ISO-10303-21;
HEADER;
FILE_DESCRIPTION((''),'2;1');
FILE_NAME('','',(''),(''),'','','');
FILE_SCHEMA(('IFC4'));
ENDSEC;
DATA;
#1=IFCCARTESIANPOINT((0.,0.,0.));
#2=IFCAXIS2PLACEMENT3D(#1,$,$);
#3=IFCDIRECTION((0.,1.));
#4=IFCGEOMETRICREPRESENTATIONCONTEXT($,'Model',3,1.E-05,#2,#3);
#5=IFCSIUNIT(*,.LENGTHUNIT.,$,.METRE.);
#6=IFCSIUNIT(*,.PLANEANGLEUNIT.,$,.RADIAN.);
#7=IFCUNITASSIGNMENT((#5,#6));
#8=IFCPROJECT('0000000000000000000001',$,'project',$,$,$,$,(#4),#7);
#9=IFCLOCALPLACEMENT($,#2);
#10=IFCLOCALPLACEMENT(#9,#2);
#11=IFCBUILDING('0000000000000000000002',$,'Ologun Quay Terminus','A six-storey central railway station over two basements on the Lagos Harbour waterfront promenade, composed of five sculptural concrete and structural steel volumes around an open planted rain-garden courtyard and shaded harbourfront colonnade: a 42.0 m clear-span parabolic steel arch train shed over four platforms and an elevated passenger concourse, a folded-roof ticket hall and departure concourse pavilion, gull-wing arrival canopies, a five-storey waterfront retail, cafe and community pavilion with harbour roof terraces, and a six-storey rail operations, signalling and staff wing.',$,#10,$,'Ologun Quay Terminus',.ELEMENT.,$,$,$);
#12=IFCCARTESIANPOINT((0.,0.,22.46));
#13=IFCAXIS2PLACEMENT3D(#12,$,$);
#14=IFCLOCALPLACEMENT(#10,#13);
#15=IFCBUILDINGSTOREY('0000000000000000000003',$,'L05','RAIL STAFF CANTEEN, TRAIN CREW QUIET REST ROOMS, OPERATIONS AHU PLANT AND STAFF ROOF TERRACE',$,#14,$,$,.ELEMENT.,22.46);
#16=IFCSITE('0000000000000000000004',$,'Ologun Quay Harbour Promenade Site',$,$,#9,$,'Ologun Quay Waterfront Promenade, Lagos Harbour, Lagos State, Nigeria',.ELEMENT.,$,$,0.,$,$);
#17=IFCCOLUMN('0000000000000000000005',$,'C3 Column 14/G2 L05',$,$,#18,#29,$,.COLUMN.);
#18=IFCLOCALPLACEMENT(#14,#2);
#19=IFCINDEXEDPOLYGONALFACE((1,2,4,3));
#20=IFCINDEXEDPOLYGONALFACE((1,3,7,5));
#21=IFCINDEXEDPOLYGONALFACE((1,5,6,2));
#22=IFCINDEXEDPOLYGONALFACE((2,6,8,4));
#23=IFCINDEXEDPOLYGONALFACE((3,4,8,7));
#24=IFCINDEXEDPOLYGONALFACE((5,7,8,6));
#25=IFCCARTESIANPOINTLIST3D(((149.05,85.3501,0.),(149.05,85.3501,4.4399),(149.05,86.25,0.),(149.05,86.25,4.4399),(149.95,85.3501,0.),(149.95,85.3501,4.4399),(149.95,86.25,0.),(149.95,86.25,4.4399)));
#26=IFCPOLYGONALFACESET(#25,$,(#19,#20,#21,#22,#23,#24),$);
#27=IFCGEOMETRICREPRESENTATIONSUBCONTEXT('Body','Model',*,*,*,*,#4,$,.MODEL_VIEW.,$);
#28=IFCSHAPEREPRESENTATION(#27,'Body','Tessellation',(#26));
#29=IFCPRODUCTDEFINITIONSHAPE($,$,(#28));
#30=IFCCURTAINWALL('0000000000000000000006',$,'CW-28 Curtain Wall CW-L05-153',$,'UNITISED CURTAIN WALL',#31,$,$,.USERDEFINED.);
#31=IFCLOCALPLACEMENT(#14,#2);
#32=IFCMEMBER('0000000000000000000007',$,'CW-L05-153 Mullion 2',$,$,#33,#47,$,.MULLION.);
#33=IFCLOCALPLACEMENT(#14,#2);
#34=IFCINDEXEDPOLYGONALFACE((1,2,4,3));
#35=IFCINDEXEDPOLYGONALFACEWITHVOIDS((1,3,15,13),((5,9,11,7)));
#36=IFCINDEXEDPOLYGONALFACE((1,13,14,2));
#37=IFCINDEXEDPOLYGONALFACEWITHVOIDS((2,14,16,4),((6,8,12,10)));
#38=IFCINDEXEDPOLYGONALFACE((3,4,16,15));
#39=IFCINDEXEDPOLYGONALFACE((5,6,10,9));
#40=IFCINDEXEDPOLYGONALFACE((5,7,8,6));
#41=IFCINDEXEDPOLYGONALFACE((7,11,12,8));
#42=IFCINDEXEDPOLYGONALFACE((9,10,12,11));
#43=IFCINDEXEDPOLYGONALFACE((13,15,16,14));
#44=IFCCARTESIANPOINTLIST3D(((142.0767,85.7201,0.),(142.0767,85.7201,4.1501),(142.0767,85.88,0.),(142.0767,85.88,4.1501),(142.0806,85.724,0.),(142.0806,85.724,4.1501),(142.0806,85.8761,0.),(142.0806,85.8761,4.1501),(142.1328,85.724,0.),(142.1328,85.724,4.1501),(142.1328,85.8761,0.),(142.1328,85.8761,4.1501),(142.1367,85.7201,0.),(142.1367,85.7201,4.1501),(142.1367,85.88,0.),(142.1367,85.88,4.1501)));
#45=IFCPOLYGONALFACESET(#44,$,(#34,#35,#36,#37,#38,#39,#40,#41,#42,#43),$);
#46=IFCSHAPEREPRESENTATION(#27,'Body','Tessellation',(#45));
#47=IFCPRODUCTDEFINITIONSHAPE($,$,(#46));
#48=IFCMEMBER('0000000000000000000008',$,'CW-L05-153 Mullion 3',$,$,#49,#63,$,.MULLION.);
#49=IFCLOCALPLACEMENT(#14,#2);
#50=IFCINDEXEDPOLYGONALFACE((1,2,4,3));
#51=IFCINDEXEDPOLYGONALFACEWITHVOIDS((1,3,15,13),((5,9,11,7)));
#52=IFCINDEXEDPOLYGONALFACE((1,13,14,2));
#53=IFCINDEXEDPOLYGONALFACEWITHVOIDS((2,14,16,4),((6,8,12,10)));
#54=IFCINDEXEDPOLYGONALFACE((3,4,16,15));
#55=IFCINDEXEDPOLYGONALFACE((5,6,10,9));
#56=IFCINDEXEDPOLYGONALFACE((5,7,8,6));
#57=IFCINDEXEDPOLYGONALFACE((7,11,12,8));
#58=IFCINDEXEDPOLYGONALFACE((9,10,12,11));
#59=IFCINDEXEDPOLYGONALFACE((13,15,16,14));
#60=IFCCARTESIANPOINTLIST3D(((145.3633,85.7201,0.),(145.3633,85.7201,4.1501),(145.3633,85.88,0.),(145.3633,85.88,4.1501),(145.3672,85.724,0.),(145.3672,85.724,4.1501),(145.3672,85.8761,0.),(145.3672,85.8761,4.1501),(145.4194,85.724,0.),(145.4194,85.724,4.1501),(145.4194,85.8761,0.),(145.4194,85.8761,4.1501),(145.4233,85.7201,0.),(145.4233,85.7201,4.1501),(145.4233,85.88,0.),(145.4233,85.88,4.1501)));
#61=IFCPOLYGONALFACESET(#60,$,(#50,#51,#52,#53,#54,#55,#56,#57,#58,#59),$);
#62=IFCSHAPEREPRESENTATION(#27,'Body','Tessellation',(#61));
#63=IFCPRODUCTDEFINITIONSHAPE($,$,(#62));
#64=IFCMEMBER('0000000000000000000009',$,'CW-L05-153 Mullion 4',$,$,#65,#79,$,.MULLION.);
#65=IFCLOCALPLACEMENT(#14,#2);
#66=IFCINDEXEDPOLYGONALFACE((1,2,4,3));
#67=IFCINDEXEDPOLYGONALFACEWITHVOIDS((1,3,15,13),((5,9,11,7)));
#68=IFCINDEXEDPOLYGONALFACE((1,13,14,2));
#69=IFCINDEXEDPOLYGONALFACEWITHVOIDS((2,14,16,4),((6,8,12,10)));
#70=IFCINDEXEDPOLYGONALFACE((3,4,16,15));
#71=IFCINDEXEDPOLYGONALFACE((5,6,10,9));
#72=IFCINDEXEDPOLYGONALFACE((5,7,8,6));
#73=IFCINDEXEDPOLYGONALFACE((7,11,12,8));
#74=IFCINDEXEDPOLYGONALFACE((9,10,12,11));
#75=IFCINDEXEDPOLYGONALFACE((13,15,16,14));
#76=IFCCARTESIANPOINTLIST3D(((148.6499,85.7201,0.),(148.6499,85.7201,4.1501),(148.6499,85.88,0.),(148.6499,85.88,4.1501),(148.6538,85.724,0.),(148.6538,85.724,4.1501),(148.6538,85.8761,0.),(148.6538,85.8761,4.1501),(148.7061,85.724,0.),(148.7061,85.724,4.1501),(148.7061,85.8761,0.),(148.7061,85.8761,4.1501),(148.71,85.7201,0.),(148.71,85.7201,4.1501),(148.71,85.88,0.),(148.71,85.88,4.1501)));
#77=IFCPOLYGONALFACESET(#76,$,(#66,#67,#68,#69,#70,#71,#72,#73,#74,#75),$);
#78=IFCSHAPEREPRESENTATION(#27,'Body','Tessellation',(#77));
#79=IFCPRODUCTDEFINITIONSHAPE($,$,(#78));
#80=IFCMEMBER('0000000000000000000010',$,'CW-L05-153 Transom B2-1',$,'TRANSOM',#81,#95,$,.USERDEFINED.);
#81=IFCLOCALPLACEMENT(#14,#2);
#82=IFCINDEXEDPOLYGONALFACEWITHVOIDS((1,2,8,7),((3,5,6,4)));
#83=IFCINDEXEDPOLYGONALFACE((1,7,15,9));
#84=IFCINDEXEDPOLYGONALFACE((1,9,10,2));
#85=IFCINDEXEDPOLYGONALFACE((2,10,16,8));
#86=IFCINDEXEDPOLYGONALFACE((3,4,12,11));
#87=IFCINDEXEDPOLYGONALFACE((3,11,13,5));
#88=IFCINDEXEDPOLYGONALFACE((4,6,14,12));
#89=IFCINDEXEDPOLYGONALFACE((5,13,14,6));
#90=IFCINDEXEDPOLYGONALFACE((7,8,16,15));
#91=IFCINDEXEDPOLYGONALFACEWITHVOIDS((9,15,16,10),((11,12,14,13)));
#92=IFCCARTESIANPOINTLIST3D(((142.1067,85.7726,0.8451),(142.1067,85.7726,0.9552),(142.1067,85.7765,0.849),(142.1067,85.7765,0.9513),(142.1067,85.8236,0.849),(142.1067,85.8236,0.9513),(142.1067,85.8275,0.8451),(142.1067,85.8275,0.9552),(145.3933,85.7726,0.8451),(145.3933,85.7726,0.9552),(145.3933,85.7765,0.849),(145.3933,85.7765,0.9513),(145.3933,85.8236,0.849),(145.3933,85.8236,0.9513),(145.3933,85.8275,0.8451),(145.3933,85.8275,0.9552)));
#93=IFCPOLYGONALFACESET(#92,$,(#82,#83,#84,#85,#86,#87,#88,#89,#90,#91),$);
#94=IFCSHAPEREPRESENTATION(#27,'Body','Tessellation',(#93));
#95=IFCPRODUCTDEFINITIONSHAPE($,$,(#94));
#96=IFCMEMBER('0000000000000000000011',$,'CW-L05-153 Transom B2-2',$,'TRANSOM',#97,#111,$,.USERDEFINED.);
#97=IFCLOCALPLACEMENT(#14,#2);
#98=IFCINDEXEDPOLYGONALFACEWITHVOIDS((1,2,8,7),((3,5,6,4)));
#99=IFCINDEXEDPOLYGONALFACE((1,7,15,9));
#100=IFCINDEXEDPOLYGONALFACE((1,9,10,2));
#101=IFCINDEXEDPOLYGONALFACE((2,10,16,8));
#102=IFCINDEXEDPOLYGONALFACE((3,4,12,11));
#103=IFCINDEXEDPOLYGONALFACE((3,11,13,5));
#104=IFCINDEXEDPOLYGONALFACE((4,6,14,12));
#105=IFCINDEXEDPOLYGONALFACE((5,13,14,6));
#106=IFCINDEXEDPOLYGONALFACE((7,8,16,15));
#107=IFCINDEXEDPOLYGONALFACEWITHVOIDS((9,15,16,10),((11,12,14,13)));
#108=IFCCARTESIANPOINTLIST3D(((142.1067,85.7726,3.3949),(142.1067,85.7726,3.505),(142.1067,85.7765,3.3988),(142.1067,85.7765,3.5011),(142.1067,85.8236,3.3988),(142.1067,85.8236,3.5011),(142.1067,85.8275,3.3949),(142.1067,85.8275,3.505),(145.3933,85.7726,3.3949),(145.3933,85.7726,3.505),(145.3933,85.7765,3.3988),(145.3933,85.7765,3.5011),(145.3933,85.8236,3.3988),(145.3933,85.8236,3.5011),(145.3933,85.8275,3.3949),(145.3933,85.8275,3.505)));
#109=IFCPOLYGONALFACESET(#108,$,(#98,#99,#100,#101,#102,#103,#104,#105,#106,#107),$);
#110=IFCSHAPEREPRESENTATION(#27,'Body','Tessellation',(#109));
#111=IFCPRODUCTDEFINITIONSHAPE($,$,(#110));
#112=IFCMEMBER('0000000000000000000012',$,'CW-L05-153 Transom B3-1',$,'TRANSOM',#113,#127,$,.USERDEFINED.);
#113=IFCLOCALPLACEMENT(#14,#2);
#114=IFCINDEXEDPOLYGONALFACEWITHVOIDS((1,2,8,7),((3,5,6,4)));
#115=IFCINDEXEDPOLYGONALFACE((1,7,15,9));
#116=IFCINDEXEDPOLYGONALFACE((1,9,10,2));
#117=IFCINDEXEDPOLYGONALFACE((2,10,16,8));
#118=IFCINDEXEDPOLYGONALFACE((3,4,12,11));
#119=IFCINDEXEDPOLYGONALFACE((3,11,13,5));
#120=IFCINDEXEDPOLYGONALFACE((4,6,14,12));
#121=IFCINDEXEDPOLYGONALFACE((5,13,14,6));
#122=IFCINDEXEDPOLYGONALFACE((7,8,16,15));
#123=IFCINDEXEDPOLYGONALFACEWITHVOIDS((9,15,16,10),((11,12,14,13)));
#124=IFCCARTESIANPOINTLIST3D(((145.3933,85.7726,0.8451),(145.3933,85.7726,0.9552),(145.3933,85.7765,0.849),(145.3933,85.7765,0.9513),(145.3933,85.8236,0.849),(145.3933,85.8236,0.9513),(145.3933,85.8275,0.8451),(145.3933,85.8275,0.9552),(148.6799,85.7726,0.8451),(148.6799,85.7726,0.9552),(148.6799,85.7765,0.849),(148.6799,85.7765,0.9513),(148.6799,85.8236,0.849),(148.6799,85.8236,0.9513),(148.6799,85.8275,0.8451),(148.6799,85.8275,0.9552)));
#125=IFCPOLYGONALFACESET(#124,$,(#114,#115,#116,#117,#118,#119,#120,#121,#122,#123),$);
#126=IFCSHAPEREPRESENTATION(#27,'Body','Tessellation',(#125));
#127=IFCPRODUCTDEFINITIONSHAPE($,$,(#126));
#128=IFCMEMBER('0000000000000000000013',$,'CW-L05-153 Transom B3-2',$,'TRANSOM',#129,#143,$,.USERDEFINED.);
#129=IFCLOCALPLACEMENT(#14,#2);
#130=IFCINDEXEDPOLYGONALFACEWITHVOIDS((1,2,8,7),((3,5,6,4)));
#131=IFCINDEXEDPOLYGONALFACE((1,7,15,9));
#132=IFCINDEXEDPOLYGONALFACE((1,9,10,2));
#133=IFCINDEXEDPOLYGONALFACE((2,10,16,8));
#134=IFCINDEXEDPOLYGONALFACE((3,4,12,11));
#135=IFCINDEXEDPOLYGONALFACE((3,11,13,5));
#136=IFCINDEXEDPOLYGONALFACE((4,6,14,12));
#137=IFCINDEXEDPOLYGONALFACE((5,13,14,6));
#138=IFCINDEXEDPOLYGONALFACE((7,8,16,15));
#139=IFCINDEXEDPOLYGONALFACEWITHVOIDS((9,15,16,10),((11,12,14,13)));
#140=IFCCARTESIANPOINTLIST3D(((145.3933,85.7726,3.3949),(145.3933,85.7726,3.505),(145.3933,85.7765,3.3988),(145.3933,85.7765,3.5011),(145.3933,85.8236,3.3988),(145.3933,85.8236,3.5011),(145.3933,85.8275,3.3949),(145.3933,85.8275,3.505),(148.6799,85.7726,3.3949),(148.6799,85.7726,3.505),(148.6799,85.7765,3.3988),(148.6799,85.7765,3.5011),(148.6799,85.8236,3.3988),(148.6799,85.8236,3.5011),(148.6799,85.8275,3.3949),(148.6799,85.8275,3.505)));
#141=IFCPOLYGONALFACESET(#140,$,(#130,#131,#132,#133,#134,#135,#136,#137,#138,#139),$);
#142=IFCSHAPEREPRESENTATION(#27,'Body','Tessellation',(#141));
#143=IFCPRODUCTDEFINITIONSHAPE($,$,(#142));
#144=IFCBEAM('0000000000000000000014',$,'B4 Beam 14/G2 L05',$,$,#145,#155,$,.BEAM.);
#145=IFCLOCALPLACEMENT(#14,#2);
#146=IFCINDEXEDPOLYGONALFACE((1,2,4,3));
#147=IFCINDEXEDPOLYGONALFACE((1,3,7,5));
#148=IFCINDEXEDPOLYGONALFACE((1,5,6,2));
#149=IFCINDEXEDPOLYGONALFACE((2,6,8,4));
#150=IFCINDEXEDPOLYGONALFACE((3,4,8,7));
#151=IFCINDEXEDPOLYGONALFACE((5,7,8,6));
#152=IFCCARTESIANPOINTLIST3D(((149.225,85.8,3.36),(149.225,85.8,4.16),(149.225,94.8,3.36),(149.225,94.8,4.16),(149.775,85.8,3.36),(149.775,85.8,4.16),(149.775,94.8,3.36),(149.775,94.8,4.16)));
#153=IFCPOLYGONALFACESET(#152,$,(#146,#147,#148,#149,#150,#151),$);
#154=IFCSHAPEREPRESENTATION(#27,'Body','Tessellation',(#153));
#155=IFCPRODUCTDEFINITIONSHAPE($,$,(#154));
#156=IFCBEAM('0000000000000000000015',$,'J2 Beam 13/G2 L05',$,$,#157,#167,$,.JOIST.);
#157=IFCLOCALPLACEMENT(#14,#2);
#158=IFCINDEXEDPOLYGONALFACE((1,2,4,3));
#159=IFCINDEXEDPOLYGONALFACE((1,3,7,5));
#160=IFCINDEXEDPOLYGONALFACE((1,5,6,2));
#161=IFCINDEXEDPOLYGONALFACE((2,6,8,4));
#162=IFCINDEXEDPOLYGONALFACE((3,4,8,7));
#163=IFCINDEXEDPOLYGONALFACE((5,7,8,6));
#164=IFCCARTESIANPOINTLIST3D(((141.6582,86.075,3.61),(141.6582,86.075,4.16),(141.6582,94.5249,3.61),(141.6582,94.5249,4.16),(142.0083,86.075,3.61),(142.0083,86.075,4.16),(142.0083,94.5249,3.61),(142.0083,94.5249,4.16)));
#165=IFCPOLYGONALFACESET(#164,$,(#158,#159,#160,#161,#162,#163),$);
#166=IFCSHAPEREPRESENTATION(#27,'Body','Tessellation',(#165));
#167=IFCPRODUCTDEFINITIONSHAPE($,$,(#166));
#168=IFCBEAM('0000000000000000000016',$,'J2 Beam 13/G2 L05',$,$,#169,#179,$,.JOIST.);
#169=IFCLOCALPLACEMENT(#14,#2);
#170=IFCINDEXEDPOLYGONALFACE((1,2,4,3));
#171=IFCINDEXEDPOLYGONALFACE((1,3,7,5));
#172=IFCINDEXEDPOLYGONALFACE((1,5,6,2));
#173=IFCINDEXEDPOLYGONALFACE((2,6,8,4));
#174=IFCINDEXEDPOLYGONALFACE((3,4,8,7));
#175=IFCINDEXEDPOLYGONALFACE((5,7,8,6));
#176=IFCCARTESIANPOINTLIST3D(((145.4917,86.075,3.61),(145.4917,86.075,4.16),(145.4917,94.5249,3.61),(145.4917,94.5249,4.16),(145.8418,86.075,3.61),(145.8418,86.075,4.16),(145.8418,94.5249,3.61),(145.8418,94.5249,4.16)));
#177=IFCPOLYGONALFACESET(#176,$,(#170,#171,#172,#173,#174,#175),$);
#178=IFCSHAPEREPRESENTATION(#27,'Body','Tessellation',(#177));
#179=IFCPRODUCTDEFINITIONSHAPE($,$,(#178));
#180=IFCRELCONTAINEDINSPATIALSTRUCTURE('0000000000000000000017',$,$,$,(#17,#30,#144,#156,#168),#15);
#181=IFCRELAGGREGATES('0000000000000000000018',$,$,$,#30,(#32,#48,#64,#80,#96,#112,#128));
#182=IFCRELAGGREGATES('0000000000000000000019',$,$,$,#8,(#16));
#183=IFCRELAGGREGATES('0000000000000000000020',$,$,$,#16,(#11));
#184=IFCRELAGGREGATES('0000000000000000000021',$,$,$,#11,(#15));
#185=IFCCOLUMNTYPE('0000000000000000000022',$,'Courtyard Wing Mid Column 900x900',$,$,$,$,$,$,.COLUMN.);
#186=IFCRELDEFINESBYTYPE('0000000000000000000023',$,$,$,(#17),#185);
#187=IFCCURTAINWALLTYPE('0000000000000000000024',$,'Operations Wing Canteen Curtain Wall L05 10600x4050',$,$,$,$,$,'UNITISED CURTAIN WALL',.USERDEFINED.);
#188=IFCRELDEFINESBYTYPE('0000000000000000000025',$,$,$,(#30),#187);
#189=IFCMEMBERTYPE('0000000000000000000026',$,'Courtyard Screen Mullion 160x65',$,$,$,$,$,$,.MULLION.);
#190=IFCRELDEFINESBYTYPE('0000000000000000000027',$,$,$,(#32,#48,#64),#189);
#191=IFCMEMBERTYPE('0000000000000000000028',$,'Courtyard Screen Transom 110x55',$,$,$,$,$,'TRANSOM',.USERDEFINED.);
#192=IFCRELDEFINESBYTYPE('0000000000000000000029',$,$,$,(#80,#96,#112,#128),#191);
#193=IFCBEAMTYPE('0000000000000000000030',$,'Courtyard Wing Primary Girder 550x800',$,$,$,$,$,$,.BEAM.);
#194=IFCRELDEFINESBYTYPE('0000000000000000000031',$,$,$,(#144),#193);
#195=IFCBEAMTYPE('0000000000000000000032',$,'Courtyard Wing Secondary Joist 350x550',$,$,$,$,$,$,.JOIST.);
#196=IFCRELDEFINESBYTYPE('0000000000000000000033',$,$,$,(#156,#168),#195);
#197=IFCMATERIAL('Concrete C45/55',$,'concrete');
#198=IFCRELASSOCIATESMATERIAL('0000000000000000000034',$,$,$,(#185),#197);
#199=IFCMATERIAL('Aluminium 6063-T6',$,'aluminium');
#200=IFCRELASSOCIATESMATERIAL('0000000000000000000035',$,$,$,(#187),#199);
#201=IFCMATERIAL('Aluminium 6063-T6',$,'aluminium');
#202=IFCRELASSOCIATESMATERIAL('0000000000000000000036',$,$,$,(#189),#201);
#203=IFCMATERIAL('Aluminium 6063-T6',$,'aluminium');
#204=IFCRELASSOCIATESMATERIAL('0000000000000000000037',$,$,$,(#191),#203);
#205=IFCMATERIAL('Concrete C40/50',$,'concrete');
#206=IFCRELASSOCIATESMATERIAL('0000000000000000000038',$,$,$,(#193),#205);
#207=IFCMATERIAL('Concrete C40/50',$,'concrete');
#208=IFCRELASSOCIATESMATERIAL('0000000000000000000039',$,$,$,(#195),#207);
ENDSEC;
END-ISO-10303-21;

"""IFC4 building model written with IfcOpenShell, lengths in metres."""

from ifc_helpers import new_model, si_unit, direction, frame, origin, origin_2d, place, context, subcontext, project, spatial, rectangle, hollow_rectangle, extrude, material, material_profile, profile_set, type_object, element, aggregate, save


model = new_model("IFC4")

# Units and contexts
model_context = context("Model", 3, precision=1e-05, world=origin(), true_north=direction((0.0, 1.0)))
body_context = subcontext(model_context, "Body", "Model", "MODEL_VIEW")
ifc_project = project(units=[si_unit("LENGTHUNIT", "METRE"), si_unit("PLANEANGLEUNIT", "RADIAN")], contexts=[model_context])

# Site, building, storey
site_placement = place(None, origin())
site = spatial("IfcSite", under=ifc_project, at=site_placement, Name="Ologun Quay Harbour Promenade Site", LongName="Ologun Quay Waterfront Promenade, Lagos Harbour, Lagos State, Nigeria", CompositionType="ELEMENT", RefElevation=0.0)
building_placement = place(site_placement, origin())
building = spatial("IfcBuilding", under=site, at=building_placement, Name="Ologun Quay Terminus", Description="A six-storey central railway station over two basements on the Lagos Harbour waterfront promenade, composed of five sculptural concrete and structural steel volumes around an open planted rain-garden courtyard and shaded harbourfront colonnade: a 42.0 m clear-span parabolic steel arch train shed over four platforms and an elevated passenger concourse, a folded-roof ticket hall and departure concourse pavilion, gull-wing arrival canopies, a five-storey waterfront retail, cafe and community pavilion with harbour roof terraces, and a six-storey rail operations, signalling and staff wing.", LongName="Ologun Quay Terminus", CompositionType="ELEMENT")
storey_placement = place(building_placement, frame((0.0, 0.0, 22.46)))
storey = spatial("IfcBuildingStorey", under=building, at=storey_placement, Name="L05", Description="RAIL STAFF CANTEEN, TRAIN CREW QUIET REST ROOMS, OPERATIONS AHU PLANT AND STAFF ROOF TERRACE", CompositionType="ELEMENT", Elevation=22.46)

# Column
ifc_material_1 = material(Name="Concrete C45/55", Category="concrete")
ifc_material_profile_1 = material_profile(ifc_material_1, rectangle(XDim=0.8999, YDim=0.8999, at=origin_2d()), Name="RC 900x900")
ifc_profile_set_1 = profile_set([ifc_material_profile_1], Name="Concrete C45/55")
column_type = type_object("IfcColumnType", Name="Courtyard Wing Mid Column 900x900", PredefinedType="COLUMN", material=ifc_profile_set_1)
column_placement = place(storey_placement, frame((149.5, 85.8, 0.0), z_axis=(0.0, 0.0, 1.0), x_axis=(1.0, 0.0, 0.0)))
element("IfcColumn", 1, at=column_placement, inside=storey, type_object=column_type, Name="C3 Column 14/G2 L05", PredefinedType="COLUMN", context=body_context, shape_type="SweptSolid", body=[
    extrude(rectangle(XDim=0.8999, YDim=0.8999, at=origin_2d()), origin(), (0.0, 0.0, 1.0), 4.4399),
])

# Curtain wall, members
ifc_material_2 = material(Name="Aluminium 6063-T6", Category="aluminium")
curtain_wall_type = type_object("IfcCurtainWallType", Name="Operations Wing Canteen Curtain Wall L05 10600x4050", ElementType="UNITISED CURTAIN WALL", PredefinedType="USERDEFINED", material=ifc_material_2)
curtain_wall_placement = place(storey_placement, origin())
curtain_wall = element("IfcCurtainWall", 2, at=curtain_wall_placement, inside=storey, type_object=curtain_wall_type, Name="CW-28 Curtain Wall CW-L05-153", ObjectType="UNITISED CURTAIN WALL", PredefinedType="USERDEFINED")
ifc_material_3 = material(Name="Aluminium 6063-T6", Category="aluminium")
ifc_material_profile_2 = material_profile(ifc_material_3, hollow_rectangle(XDim=0.0601, YDim=0.1599, WallThickness=0.0039, at=origin_2d()), Name="ALU 160x60x4")
ifc_profile_set_2 = profile_set([ifc_material_profile_2], Name="Aluminium 6063-T6")
member_type_1 = type_object("IfcMemberType", Name="Courtyard Screen Mullion 160x65", PredefinedType="MULLION", material=ifc_profile_set_2)
member_1_placement = place(storey_placement, frame((142.1067, 85.8, 0.0), z_axis=(0.0, 0.0, 1.0), x_axis=(1.0, 0.0, 0.0)))
member_1 = element("IfcMember", 3, at=member_1_placement, type_object=member_type_1, Name="CW-L05-153 Mullion 2", PredefinedType="MULLION", context=body_context, shape_type="SweptSolid", body=[
    extrude(hollow_rectangle(XDim=0.0601, YDim=0.1599, WallThickness=0.0039, at=origin_2d()), origin(), (0.0, 0.0, 1.0), 4.1501),
])
member_2_placement = place(storey_placement, frame((145.3933, 85.8, 0.0), z_axis=(0.0, 0.0, 1.0), x_axis=(1.0, 0.0, 0.0)))
member_2 = element("IfcMember", 4, at=member_2_placement, type_object=member_type_1, Name="CW-L05-153 Mullion 3", PredefinedType="MULLION", context=body_context, shape_type="SweptSolid", body=[
    extrude(hollow_rectangle(XDim=0.0601, YDim=0.1599, WallThickness=0.0039, at=origin_2d()), origin(), (0.0, 0.0, 1.0), 4.1501),
])
member_3_placement = place(storey_placement, frame((148.6799, 85.8, 0.0), z_axis=(0.0, 0.0, 1.0), x_axis=(1.0, 0.0, 0.0)))
member_3 = element("IfcMember", 5, at=member_3_placement, type_object=member_type_1, Name="CW-L05-153 Mullion 4", PredefinedType="MULLION", context=body_context, shape_type="SweptSolid", body=[
    extrude(hollow_rectangle(XDim=0.0601, YDim=0.1599, WallThickness=0.0039, at=origin_2d()), origin(), (0.0, 0.0, 1.0), 4.1501),
])
ifc_material_4 = material(Name="Aluminium 6063-T6", Category="aluminium")
ifc_material_profile_3 = material_profile(ifc_material_4, hollow_rectangle(XDim=0.0549, YDim=0.1101, WallThickness=0.0039, at=origin_2d()), Name="ALU 110x55x4")
ifc_profile_set_3 = profile_set([ifc_material_profile_3], Name="Aluminium 6063-T6")
member_type_2 = type_object("IfcMemberType", Name="Courtyard Screen Transom 110x55", ElementType="TRANSOM", PredefinedType="USERDEFINED", material=ifc_profile_set_3)
member_4_placement = place(storey_placement, frame((142.1067, 85.8, 0.9001), z_axis=(1.0, 0.0, 0.0), x_axis=(0.0, 1.0, 0.0)))
member_4 = element("IfcMember", 6, at=member_4_placement, type_object=member_type_2, Name="CW-L05-153 Transom B2-1", ObjectType="TRANSOM", PredefinedType="USERDEFINED", context=body_context, shape_type="SweptSolid", body=[
    extrude(hollow_rectangle(XDim=0.0549, YDim=0.1101, WallThickness=0.0039, at=origin_2d()), origin(), (0.0, 0.0, 1.0), 3.2866),
])
member_5_placement = place(storey_placement, frame((142.1067, 85.8, 3.45), z_axis=(1.0, 0.0, 0.0), x_axis=(0.0, 1.0, 0.0)))
member_5 = element("IfcMember", 7, at=member_5_placement, type_object=member_type_2, Name="CW-L05-153 Transom B2-2", ObjectType="TRANSOM", PredefinedType="USERDEFINED", context=body_context, shape_type="SweptSolid", body=[
    extrude(hollow_rectangle(XDim=0.0549, YDim=0.1101, WallThickness=0.0039, at=origin_2d()), origin(), (0.0, 0.0, 1.0), 3.2866),
])
member_6_placement = place(storey_placement, frame((145.3933, 85.8, 0.9001), z_axis=(1.0, 0.0, 0.0), x_axis=(0.0, 1.0, 0.0)))
member_6 = element("IfcMember", 8, at=member_6_placement, type_object=member_type_2, Name="CW-L05-153 Transom B3-1", ObjectType="TRANSOM", PredefinedType="USERDEFINED", context=body_context, shape_type="SweptSolid", body=[
    extrude(hollow_rectangle(XDim=0.0549, YDim=0.1101, WallThickness=0.0039, at=origin_2d()), origin(), (0.0, 0.0, 1.0), 3.2866),
])
member_7_placement = place(storey_placement, frame((145.3933, 85.8, 3.45), z_axis=(1.0, 0.0, 0.0), x_axis=(0.0, 1.0, 0.0)))
member_7 = element("IfcMember", 9, at=member_7_placement, type_object=member_type_2, Name="CW-L05-153 Transom B3-2", ObjectType="TRANSOM", PredefinedType="USERDEFINED", context=body_context, shape_type="SweptSolid", body=[
    extrude(hollow_rectangle(XDim=0.0549, YDim=0.1101, WallThickness=0.0039, at=origin_2d()), origin(), (0.0, 0.0, 1.0), 3.2866),
])

# Beams
ifc_material_5 = material(Name="Concrete C40/50", Category="concrete")
ifc_material_profile_4 = material_profile(ifc_material_5, rectangle(XDim=0.55, YDim=0.8, at=origin_2d()), Name="RC 550x800")
ifc_profile_set_4 = profile_set([ifc_material_profile_4], Name="Concrete C40/50")
beam_type_1 = type_object("IfcBeamType", Name="Courtyard Wing Primary Girder 550x800", PredefinedType="BEAM", material=ifc_profile_set_4)
beam_placement = place(storey_placement, frame((149.5, 85.8, 3.76), z_axis=(0.0, 1.0, 0.0), x_axis=(-1.0, 0.0, 0.0)))
element("IfcBeam", 10, at=beam_placement, inside=storey, type_object=beam_type_1, Name="B4 Beam 14/G2 L05", PredefinedType="BEAM", context=body_context, shape_type="SweptSolid", body=[
    extrude(rectangle(XDim=0.55, YDim=0.8, at=origin_2d()), origin(), (0.0, 0.0, 1.0), 9.0),
])
ifc_material_6 = material(Name="Concrete C40/50", Category="concrete")
ifc_material_profile_5 = material_profile(ifc_material_6, rectangle(XDim=0.3501, YDim=0.55, at=origin_2d()), Name="RC 350x550")
ifc_profile_set_5 = profile_set([ifc_material_profile_5], Name="Concrete C40/50")
beam_type_2 = type_object("IfcBeamType", Name="Courtyard Wing Secondary Joist 350x550", PredefinedType="JOIST", material=ifc_profile_set_5)
for number, where, z_axis, x_axis, name in (
    (11, (141.8333, 86.075, 3.885), (0.0, 1.0, 0.0), (-1.0, 0.0, 0.0), "J2 Beam 13/G2 L05"),
    (12, (145.6667, 86.075, 3.885), (0.0, 1.0, 0.0), (-1.0, 0.0, 0.0), "J2 Beam 13/G2 L05"),
):
    element("IfcBeam", number, at=place(storey_placement, frame(where, z_axis=z_axis, x_axis=x_axis)), inside=storey, type_object=beam_type_2, Name=name, PredefinedType="JOIST", context=body_context, shape_type="SweptSolid", body=[
        extrude(rectangle(XDim=0.3501, YDim=0.55, at=origin_2d()), origin(), (0.0, 0.0, 1.0), 8.45),
    ])

aggregate(curtain_wall, [member_1, member_2, member_3, member_4, member_5, member_6, member_7])

save(model, "model.ifc")
